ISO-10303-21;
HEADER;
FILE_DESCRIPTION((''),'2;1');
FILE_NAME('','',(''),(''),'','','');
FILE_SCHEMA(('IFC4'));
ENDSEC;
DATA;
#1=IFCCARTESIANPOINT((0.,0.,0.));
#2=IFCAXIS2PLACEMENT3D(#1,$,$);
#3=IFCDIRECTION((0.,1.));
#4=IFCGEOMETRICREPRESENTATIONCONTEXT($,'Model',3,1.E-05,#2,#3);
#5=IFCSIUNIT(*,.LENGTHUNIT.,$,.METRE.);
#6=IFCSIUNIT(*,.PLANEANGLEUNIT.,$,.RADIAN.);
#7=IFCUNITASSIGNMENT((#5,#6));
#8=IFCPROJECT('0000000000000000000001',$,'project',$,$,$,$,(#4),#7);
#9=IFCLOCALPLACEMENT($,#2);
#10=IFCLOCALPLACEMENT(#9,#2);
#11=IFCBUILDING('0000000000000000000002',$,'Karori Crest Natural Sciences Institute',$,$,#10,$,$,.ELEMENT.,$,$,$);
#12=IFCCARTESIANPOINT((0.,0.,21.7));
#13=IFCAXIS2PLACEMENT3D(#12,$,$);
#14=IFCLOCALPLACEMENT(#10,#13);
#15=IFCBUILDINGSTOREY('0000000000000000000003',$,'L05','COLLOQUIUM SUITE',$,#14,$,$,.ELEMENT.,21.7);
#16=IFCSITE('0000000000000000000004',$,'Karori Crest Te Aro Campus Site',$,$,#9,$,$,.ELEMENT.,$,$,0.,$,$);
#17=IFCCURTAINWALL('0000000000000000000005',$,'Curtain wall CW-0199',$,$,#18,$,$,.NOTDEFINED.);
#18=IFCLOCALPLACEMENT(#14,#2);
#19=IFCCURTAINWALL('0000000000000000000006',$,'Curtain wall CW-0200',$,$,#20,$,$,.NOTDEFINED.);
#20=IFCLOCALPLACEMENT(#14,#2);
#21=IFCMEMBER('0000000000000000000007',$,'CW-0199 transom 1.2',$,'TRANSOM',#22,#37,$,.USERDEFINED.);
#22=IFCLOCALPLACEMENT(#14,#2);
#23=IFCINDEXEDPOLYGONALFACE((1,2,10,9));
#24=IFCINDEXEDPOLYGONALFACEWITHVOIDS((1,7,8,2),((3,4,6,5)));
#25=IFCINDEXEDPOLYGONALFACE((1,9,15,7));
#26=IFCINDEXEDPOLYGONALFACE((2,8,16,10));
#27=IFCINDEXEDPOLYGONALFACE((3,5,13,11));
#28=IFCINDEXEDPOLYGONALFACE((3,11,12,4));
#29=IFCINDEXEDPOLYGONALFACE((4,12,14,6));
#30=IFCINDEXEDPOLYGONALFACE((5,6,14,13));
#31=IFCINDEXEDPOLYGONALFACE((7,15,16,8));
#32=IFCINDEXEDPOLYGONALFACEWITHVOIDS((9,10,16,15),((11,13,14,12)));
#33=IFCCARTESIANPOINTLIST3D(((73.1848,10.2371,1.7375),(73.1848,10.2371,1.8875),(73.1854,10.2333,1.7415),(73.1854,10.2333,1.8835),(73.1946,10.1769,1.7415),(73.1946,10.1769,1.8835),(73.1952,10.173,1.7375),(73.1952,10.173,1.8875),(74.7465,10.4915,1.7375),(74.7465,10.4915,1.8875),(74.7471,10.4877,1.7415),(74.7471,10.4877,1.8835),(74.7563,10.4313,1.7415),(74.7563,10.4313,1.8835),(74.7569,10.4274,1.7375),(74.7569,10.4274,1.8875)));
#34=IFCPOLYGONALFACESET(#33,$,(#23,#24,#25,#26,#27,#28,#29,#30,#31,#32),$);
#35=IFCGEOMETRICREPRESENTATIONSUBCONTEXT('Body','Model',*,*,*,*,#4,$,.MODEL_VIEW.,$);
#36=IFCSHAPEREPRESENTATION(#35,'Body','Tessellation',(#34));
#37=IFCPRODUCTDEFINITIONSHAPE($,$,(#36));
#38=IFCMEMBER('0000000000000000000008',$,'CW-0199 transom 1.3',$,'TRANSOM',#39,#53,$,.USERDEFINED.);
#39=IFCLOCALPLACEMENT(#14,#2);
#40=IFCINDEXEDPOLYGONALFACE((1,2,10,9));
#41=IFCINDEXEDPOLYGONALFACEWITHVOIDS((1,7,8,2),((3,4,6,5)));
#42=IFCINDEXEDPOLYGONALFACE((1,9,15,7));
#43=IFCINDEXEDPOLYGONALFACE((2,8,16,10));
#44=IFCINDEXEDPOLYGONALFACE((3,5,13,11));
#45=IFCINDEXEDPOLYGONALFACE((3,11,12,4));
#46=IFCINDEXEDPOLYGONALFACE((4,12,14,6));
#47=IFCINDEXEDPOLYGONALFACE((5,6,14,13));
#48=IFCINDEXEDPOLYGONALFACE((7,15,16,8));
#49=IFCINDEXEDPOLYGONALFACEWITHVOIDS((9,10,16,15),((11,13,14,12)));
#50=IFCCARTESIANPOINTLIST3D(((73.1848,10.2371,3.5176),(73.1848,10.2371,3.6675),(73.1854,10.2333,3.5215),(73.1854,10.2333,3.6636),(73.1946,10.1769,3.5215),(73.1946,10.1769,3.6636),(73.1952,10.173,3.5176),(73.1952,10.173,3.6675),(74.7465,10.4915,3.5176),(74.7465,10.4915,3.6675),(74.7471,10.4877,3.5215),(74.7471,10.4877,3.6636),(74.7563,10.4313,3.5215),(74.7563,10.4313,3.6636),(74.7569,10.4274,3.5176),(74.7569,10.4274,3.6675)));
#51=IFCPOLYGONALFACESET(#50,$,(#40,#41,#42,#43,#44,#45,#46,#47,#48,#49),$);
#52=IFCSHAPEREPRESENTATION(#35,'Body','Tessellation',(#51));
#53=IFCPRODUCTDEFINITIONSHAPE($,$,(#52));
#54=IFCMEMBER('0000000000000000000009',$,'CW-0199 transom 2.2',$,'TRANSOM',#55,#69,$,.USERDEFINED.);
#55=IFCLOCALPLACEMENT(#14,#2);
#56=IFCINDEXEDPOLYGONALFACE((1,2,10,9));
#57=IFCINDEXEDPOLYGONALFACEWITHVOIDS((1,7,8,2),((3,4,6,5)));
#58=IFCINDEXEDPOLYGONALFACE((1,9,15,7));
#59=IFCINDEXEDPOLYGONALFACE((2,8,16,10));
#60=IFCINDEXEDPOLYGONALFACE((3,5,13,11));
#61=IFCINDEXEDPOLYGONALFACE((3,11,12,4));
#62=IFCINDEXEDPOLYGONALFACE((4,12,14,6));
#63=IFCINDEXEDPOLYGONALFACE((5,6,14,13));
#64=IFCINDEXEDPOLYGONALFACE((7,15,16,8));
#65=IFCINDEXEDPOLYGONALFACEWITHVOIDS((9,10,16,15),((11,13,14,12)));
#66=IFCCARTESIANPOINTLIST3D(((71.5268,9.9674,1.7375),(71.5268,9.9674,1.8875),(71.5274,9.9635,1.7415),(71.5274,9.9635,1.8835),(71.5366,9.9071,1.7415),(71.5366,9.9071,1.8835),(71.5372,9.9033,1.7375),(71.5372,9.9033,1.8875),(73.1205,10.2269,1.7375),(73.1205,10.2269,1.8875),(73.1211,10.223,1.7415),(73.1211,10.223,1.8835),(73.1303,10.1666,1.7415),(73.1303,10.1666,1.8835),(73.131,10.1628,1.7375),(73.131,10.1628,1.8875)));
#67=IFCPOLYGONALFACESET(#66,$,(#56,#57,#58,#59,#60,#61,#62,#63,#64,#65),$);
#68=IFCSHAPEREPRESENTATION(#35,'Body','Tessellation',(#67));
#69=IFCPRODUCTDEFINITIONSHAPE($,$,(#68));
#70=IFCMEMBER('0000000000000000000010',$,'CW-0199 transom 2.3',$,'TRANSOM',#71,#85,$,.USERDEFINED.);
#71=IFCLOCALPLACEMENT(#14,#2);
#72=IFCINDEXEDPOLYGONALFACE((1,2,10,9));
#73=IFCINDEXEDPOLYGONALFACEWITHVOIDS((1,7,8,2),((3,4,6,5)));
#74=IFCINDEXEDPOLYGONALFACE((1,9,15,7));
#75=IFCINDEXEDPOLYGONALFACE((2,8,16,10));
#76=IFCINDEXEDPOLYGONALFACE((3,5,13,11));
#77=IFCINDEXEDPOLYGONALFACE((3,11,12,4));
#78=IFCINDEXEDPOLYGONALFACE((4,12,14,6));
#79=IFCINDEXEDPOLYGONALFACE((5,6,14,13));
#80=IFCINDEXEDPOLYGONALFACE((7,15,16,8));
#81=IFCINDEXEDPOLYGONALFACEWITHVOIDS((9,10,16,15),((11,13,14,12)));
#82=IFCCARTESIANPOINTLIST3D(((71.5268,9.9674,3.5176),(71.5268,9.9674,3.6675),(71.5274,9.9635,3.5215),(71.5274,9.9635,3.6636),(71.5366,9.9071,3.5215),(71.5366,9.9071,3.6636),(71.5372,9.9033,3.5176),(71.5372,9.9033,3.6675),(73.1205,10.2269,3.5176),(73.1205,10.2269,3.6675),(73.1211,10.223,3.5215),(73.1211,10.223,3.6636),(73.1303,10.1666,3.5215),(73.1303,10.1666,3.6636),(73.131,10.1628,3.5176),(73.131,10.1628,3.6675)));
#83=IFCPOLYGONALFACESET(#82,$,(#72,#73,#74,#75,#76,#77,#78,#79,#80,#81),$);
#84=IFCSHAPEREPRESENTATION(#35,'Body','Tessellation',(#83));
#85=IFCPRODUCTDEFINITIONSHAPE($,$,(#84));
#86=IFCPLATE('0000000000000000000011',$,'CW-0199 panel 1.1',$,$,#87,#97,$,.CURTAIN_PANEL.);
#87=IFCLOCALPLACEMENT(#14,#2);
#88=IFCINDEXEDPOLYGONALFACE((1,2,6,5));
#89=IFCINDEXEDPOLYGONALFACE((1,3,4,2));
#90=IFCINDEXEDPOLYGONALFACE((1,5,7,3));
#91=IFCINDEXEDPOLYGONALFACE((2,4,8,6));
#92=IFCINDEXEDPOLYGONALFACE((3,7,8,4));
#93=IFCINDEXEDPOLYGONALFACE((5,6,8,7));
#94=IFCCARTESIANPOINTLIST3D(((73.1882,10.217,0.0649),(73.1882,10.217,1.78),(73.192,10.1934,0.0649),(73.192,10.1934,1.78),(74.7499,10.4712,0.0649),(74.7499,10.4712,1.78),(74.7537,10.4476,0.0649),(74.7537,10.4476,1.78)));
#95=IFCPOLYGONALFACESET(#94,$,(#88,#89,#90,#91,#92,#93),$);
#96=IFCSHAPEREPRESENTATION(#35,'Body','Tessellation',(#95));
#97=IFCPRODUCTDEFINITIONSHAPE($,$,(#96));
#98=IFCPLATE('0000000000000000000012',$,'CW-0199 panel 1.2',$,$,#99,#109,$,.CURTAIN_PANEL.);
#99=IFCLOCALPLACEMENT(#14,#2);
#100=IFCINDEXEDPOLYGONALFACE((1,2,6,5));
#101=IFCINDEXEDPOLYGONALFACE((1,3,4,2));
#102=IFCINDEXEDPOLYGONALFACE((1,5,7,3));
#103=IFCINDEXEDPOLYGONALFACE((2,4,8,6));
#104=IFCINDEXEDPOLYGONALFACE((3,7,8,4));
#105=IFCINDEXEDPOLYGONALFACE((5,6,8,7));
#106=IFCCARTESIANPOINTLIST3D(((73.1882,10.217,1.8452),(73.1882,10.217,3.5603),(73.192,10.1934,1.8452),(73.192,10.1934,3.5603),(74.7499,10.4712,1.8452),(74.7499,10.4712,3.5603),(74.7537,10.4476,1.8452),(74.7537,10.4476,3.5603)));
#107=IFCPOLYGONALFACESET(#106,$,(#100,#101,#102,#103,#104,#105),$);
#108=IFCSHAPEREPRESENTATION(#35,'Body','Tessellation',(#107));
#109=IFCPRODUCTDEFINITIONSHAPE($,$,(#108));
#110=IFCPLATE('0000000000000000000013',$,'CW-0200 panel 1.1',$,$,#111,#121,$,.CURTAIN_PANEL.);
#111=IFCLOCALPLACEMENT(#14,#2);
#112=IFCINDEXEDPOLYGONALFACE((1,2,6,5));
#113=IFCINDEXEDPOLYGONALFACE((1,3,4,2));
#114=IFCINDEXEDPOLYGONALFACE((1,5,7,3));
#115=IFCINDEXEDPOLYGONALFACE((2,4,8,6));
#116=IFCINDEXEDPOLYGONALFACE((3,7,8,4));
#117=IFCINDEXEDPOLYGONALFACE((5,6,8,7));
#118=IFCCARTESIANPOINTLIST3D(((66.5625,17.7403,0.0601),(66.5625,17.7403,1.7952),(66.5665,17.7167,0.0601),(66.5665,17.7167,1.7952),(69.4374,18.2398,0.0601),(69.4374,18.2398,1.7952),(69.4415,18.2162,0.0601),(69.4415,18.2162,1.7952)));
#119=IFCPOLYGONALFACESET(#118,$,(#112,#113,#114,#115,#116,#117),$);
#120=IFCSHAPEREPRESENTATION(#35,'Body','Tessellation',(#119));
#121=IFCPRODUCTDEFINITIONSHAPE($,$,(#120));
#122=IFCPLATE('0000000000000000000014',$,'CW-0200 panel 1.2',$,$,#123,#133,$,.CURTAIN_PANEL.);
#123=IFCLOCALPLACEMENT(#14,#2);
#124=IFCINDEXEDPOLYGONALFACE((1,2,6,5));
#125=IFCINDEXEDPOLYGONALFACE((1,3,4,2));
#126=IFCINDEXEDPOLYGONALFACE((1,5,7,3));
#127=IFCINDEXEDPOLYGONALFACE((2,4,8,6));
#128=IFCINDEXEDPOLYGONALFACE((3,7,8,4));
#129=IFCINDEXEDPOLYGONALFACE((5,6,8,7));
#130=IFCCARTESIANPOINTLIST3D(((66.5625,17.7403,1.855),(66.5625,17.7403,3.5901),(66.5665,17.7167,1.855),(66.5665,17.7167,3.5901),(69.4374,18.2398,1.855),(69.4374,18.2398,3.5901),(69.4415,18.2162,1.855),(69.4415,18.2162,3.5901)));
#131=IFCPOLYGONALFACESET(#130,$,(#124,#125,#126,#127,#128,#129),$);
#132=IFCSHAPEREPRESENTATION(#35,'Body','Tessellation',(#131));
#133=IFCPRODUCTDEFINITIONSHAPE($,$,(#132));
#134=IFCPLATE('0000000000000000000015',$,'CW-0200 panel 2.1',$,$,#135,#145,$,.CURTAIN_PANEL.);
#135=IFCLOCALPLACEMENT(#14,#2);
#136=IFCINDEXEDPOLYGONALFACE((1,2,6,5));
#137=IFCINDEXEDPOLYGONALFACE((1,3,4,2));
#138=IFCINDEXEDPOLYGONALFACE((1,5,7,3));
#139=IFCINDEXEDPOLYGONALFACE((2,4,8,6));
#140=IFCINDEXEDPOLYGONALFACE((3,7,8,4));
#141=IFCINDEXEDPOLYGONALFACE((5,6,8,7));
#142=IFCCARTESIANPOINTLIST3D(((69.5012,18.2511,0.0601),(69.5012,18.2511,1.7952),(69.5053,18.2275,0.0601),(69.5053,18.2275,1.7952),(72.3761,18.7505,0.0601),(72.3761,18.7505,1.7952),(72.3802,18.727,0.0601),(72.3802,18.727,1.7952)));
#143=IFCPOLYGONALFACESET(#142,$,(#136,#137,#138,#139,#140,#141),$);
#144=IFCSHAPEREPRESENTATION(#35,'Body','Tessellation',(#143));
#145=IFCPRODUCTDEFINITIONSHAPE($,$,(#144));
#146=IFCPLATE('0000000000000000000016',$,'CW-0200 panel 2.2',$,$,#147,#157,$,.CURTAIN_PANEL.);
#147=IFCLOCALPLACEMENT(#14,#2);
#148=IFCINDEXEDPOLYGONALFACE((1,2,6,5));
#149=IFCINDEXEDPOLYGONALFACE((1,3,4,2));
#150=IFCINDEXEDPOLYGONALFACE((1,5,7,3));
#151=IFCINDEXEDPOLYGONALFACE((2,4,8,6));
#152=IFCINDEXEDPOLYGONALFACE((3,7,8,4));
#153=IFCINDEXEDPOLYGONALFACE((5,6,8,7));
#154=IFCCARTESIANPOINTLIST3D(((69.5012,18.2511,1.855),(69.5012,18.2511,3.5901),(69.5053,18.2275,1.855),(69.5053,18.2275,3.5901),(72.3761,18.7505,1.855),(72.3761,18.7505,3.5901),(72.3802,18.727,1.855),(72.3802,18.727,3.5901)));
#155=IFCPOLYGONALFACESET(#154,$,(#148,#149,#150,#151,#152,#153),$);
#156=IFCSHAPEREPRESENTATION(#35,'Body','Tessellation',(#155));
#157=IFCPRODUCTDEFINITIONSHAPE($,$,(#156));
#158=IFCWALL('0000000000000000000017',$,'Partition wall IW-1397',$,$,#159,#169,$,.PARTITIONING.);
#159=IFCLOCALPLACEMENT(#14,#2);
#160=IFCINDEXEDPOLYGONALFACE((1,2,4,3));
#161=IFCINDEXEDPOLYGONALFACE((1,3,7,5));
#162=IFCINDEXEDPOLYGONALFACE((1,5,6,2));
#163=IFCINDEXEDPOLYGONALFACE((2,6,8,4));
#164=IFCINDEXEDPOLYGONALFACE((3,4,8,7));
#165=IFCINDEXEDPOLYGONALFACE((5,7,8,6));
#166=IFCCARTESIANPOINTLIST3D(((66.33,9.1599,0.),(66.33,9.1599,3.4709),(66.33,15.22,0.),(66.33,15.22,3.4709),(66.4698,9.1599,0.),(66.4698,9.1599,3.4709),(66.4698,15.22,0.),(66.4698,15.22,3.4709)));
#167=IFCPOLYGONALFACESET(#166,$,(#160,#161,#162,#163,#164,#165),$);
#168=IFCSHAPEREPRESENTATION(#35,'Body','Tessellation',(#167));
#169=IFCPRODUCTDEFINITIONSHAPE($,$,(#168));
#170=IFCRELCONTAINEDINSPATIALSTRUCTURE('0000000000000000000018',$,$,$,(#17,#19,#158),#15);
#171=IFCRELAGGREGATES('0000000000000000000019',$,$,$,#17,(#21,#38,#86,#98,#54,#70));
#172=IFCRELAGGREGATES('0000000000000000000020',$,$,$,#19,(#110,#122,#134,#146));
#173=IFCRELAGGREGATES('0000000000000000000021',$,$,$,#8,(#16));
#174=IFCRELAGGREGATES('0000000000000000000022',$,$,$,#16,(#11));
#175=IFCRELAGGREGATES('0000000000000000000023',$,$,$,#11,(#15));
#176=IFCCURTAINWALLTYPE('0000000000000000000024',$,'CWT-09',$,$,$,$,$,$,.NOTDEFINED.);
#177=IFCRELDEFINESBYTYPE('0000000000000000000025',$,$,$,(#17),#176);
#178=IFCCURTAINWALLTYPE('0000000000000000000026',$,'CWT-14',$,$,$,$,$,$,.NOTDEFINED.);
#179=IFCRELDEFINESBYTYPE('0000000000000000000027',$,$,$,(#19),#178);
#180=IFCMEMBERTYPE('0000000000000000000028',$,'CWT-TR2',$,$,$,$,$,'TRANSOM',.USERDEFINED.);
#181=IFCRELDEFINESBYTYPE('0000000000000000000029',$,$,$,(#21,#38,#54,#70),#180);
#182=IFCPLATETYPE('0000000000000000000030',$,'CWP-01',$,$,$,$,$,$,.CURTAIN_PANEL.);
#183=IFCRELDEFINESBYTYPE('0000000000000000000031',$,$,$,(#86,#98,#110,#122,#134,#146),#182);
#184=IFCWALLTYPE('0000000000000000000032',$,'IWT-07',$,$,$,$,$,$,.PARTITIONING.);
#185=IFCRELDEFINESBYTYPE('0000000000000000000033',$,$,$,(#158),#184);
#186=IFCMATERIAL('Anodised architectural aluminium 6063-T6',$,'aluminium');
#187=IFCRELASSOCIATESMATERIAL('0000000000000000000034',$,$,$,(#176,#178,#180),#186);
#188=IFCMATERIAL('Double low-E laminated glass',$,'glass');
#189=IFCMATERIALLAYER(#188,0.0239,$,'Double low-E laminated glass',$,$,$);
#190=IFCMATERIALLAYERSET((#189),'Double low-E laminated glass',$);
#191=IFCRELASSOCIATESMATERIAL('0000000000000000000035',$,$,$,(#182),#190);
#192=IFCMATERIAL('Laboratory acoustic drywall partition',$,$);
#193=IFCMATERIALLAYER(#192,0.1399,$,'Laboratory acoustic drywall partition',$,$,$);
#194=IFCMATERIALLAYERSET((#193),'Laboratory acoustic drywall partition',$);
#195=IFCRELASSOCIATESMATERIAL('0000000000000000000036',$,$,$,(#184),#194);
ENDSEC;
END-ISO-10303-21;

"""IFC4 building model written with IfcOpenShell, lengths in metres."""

from ifc_helpers import new_model, si_unit, direction, frame, frame_2d, origin, origin_2d, place, context, subcontext, project, spatial, rectangle, hollow_rectangle, extrude, material, layer, layer_set, material_profile, profile_set, type_object, element, aggregate, save


model = new_model("IFC4")

# Units and contexts
model_context = context("Model", 3, precision=1e-05, world=origin(), true_north=direction((0.0, 1.0)))
body_context = subcontext(model_context, "Body", "Model", "MODEL_VIEW")
ifc_project = project(units=[si_unit("LENGTHUNIT", "METRE"), si_unit("PLANEANGLEUNIT", "RADIAN")], contexts=[model_context])

# Site, building, storey
site_placement = place(None, origin())
site = spatial("IfcSite", under=ifc_project, at=site_placement, Name="Karori Crest Te Aro Campus Site", CompositionType="ELEMENT", RefElevation=0.0)
building_placement = place(site_placement, origin())
building = spatial("IfcBuilding", under=site, at=building_placement, Name="Karori Crest Natural Sciences Institute", CompositionType="ELEMENT")
storey_placement = place(building_placement, frame((0.0, 0.0, 21.7)))
storey = spatial("IfcBuildingStorey", under=building, at=storey_placement, Name="L05", Description="COLLOQUIUM SUITE", CompositionType="ELEMENT", Elevation=21.7)

# Curtain walls
ifc_material_1 = material(Name="Anodised architectural aluminium 6063-T6", Category="aluminium")
curtain_wall_type_1 = type_object("IfcCurtainWallType", Name="CWT-09", PredefinedType="NOTDEFINED", material=ifc_material_1)
curtain_wall_1_placement = place(storey_placement, origin())
curtain_wall_1 = element("IfcCurtainWall", 1, at=curtain_wall_1_placement, inside=storey, type_object=curtain_wall_type_1, Name="Curtain wall CW-0199", PredefinedType="NOTDEFINED")
curtain_wall_type_2 = type_object("IfcCurtainWallType", Name="CWT-14", PredefinedType="NOTDEFINED", material=ifc_material_1)
curtain_wall_2_placement = place(storey_placement, origin())
curtain_wall_2 = element("IfcCurtainWall", 2, at=curtain_wall_2_placement, inside=storey, type_object=curtain_wall_type_2, Name="Curtain wall CW-0200", PredefinedType="NOTDEFINED")

# Members
ifc_material_profile_1 = material_profile(ifc_material_1, hollow_rectangle(XDim=0.0649, YDim=0.1499, WallThickness=0.0039, at=origin_2d()), Name="CWT150x65x4")
ifc_profile_set_1 = profile_set([ifc_material_profile_1], Name="Anodised architectural aluminium 6063-T6")
member_type_1 = type_object("IfcMemberType", Name="CWT-TR2", ElementType="TRANSOM", PredefinedType="USERDEFINED", material=ifc_profile_set_1)
member_1_placement = place(storey_placement, frame((74.7517, 10.4595, 1.8125), z_axis=(-0.986992, -0.16077, 0.0), x_axis=(0.16077, -0.986992, 0.0)))
member_1 = element("IfcMember", 3, at=member_1_placement, type_object=member_type_1, Name="CW-0199 transom 1.2", ObjectType="TRANSOM", PredefinedType="USERDEFINED", context=body_context, shape_type="SweptSolid", body=[
    extrude(hollow_rectangle(XDim=0.0649, YDim=0.1499, WallThickness=0.0039, at=origin_2d()), origin(), (0.0, 0.0, 1.0), 1.5823),
])
member_2_placement = place(storey_placement, frame((74.7517, 10.4595, 3.5925), z_axis=(-0.986992, -0.16077, 0.0), x_axis=(0.16077, -0.986992, 0.0)))
member_2 = element("IfcMember", 4, at=member_2_placement, type_object=member_type_1, Name="CW-0199 transom 1.3", ObjectType="TRANSOM", PredefinedType="USERDEFINED", context=body_context, shape_type="SweptSolid", body=[
    extrude(hollow_rectangle(XDim=0.0649, YDim=0.1499, WallThickness=0.0039, at=origin_2d()), origin(), (0.0, 0.0, 1.0), 1.5823),
])
member_3_placement = place(storey_placement, frame((73.1257, 10.1948, 1.8125), z_axis=(-0.987, -0.16072, 0.0), x_axis=(0.16072, -0.987, 0.0)))
member_3 = element("IfcMember", 5, at=member_3_placement, type_object=member_type_1, Name="CW-0199 transom 2.2", ObjectType="TRANSOM", PredefinedType="USERDEFINED", context=body_context, shape_type="SweptSolid", body=[
    extrude(hollow_rectangle(XDim=0.0649, YDim=0.1499, WallThickness=0.0039, at=origin_2d()), origin(), (0.0, 0.0, 1.0), 1.6147),
])
member_4_placement = place(storey_placement, frame((73.1257, 10.1948, 3.5925), z_axis=(-0.987, -0.16072, 0.0), x_axis=(0.16072, -0.987, 0.0)))
member_4 = element("IfcMember", 6, at=member_4_placement, type_object=member_type_1, Name="CW-0199 transom 2.3", ObjectType="TRANSOM", PredefinedType="USERDEFINED", context=body_context, shape_type="SweptSolid", body=[
    extrude(hollow_rectangle(XDim=0.0649, YDim=0.1499, WallThickness=0.0039, at=origin_2d()), origin(), (0.0, 0.0, 1.0), 1.6147),
])

# Plates
ifc_material_2 = material(Name="Double low-E laminated glass", Category="glass")
ifc_layer_1 = layer(ifc_material_2, 0.0239, Name="Double low-E laminated glass")
ifc_layer_set_1 = layer_set([ifc_layer_1], Name="Double low-E laminated glass")
plate_type = type_object("IfcPlateType", Name="CWP-01", PredefinedType="CURTAIN_PANEL", material=ifc_layer_set_1)
plate_1_placement = place(storey_placement, frame((73.9709, 10.3323, 0.0649), z_axis=(0.0, 0.0, 1.0), x_axis=(-0.987011, -0.16065, 0.0)))
plate_1 = element("IfcPlate", 7, at=plate_1_placement, type_object=plate_type, Name="CW-0199 panel 1.1", PredefinedType="CURTAIN_PANEL", context=body_context, shape_type="SweptSolid", body=[
    extrude(rectangle(XDim=1.5823, YDim=0.0239, at=origin_2d()), origin(), (0.0, 0.0, 1.0), 1.7151),
])
plate_2_placement = place(storey_placement, frame((73.9709, 10.3323, 1.8452), z_axis=(0.0, 0.0, 1.0), x_axis=(-0.987011, -0.16065, 0.0)))
plate_2 = element("IfcPlate", 8, at=plate_2_placement, type_object=plate_type, Name="CW-0199 panel 1.2", PredefinedType="CURTAIN_PANEL", context=body_context, shape_type="SweptSolid", body=[
    extrude(rectangle(XDim=1.5823, YDim=0.0239, at=origin_2d()), origin(), (0.0, 0.0, 1.0), 1.7151),
])
aggregate(curtain_wall_1, [member_1, member_2, plate_1, plate_2, member_3, member_4])
plate_3_placement = place(storey_placement, frame((68.002, 17.9783, 0.0601), z_axis=(0.0, 0.0, 1.0), x_axis=(0.985241, 0.171174, 0.0)))
plate_3 = element("IfcPlate", 9, at=plate_3_placement, type_object=plate_type, Name="CW-0200 panel 1.1", PredefinedType="CURTAIN_PANEL", context=body_context, shape_type="SweptSolid", body=[
    extrude(rectangle(XDim=2.918, YDim=0.0239, at=origin_2d()), origin(), (0.0, 0.0, 1.0), 1.7351),
])
plate_4_placement = place(storey_placement, frame((68.002, 17.9783, 1.855), z_axis=(0.0, 0.0, 1.0), x_axis=(0.985241, 0.171174, 0.0)))
plate_4 = element("IfcPlate", 10, at=plate_4_placement, type_object=plate_type, Name="CW-0200 panel 1.2", PredefinedType="CURTAIN_PANEL", context=body_context, shape_type="SweptSolid", body=[
    extrude(rectangle(XDim=2.918, YDim=0.0239, at=origin_2d()), origin(), (0.0, 0.0, 1.0), 1.7351),
])
plate_5_placement = place(storey_placement, frame((70.9407, 18.489, 0.0601), z_axis=(0.0, 0.0, 1.0), x_axis=(0.985241, 0.171174, 0.0)))
plate_5 = element("IfcPlate", 11, at=plate_5_placement, type_object=plate_type, Name="CW-0200 panel 2.1", PredefinedType="CURTAIN_PANEL", context=body_context, shape_type="SweptSolid", body=[
    extrude(rectangle(XDim=2.918, YDim=0.0239, at=origin_2d()), origin(), (0.0, 0.0, 1.0), 1.7351),
])
plate_6_placement = place(storey_placement, frame((70.9407, 18.489, 1.855), z_axis=(0.0, 0.0, 1.0), x_axis=(0.985241, 0.171174, 0.0)))
plate_6 = element("IfcPlate", 12, at=plate_6_placement, type_object=plate_type, Name="CW-0200 panel 2.2", PredefinedType="CURTAIN_PANEL", context=body_context, shape_type="SweptSolid", body=[
    extrude(rectangle(XDim=2.918, YDim=0.0239, at=origin_2d()), origin(), (0.0, 0.0, 1.0), 1.7351),
])
aggregate(curtain_wall_2, [plate_3, plate_4, plate_5, plate_6])

# Wall
ifc_material_3 = material(Name="Laboratory acoustic drywall partition")
ifc_layer_2 = layer(ifc_material_3, 0.1399, Name="Laboratory acoustic drywall partition")
ifc_layer_set_2 = layer_set([ifc_layer_2], Name="Laboratory acoustic drywall partition")
wall_type = type_object("IfcWallType", Name="IWT-07", PredefinedType="PARTITIONING", material=ifc_layer_set_2)
wall_1_placement = place(storey_placement, frame((66.3999, 15.22, 0.0), z_axis=(0.0, 0.0, 1.0), x_axis=(0.0, -1.0, 0.0)))
element("IfcWall", 13, at=wall_1_placement, inside=storey, type_object=wall_type, Name="Partition wall IW-1397", PredefinedType="PARTITIONING", context=body_context, shape_type="SweptSolid", body=[
    extrude(rectangle(XDim=6.0601, YDim=0.1399, at=frame_2d((3.03, 0.0))), origin(), (0.0, 0.0, 1.0), 3.4709),
])

save(model, "model.ifc")
